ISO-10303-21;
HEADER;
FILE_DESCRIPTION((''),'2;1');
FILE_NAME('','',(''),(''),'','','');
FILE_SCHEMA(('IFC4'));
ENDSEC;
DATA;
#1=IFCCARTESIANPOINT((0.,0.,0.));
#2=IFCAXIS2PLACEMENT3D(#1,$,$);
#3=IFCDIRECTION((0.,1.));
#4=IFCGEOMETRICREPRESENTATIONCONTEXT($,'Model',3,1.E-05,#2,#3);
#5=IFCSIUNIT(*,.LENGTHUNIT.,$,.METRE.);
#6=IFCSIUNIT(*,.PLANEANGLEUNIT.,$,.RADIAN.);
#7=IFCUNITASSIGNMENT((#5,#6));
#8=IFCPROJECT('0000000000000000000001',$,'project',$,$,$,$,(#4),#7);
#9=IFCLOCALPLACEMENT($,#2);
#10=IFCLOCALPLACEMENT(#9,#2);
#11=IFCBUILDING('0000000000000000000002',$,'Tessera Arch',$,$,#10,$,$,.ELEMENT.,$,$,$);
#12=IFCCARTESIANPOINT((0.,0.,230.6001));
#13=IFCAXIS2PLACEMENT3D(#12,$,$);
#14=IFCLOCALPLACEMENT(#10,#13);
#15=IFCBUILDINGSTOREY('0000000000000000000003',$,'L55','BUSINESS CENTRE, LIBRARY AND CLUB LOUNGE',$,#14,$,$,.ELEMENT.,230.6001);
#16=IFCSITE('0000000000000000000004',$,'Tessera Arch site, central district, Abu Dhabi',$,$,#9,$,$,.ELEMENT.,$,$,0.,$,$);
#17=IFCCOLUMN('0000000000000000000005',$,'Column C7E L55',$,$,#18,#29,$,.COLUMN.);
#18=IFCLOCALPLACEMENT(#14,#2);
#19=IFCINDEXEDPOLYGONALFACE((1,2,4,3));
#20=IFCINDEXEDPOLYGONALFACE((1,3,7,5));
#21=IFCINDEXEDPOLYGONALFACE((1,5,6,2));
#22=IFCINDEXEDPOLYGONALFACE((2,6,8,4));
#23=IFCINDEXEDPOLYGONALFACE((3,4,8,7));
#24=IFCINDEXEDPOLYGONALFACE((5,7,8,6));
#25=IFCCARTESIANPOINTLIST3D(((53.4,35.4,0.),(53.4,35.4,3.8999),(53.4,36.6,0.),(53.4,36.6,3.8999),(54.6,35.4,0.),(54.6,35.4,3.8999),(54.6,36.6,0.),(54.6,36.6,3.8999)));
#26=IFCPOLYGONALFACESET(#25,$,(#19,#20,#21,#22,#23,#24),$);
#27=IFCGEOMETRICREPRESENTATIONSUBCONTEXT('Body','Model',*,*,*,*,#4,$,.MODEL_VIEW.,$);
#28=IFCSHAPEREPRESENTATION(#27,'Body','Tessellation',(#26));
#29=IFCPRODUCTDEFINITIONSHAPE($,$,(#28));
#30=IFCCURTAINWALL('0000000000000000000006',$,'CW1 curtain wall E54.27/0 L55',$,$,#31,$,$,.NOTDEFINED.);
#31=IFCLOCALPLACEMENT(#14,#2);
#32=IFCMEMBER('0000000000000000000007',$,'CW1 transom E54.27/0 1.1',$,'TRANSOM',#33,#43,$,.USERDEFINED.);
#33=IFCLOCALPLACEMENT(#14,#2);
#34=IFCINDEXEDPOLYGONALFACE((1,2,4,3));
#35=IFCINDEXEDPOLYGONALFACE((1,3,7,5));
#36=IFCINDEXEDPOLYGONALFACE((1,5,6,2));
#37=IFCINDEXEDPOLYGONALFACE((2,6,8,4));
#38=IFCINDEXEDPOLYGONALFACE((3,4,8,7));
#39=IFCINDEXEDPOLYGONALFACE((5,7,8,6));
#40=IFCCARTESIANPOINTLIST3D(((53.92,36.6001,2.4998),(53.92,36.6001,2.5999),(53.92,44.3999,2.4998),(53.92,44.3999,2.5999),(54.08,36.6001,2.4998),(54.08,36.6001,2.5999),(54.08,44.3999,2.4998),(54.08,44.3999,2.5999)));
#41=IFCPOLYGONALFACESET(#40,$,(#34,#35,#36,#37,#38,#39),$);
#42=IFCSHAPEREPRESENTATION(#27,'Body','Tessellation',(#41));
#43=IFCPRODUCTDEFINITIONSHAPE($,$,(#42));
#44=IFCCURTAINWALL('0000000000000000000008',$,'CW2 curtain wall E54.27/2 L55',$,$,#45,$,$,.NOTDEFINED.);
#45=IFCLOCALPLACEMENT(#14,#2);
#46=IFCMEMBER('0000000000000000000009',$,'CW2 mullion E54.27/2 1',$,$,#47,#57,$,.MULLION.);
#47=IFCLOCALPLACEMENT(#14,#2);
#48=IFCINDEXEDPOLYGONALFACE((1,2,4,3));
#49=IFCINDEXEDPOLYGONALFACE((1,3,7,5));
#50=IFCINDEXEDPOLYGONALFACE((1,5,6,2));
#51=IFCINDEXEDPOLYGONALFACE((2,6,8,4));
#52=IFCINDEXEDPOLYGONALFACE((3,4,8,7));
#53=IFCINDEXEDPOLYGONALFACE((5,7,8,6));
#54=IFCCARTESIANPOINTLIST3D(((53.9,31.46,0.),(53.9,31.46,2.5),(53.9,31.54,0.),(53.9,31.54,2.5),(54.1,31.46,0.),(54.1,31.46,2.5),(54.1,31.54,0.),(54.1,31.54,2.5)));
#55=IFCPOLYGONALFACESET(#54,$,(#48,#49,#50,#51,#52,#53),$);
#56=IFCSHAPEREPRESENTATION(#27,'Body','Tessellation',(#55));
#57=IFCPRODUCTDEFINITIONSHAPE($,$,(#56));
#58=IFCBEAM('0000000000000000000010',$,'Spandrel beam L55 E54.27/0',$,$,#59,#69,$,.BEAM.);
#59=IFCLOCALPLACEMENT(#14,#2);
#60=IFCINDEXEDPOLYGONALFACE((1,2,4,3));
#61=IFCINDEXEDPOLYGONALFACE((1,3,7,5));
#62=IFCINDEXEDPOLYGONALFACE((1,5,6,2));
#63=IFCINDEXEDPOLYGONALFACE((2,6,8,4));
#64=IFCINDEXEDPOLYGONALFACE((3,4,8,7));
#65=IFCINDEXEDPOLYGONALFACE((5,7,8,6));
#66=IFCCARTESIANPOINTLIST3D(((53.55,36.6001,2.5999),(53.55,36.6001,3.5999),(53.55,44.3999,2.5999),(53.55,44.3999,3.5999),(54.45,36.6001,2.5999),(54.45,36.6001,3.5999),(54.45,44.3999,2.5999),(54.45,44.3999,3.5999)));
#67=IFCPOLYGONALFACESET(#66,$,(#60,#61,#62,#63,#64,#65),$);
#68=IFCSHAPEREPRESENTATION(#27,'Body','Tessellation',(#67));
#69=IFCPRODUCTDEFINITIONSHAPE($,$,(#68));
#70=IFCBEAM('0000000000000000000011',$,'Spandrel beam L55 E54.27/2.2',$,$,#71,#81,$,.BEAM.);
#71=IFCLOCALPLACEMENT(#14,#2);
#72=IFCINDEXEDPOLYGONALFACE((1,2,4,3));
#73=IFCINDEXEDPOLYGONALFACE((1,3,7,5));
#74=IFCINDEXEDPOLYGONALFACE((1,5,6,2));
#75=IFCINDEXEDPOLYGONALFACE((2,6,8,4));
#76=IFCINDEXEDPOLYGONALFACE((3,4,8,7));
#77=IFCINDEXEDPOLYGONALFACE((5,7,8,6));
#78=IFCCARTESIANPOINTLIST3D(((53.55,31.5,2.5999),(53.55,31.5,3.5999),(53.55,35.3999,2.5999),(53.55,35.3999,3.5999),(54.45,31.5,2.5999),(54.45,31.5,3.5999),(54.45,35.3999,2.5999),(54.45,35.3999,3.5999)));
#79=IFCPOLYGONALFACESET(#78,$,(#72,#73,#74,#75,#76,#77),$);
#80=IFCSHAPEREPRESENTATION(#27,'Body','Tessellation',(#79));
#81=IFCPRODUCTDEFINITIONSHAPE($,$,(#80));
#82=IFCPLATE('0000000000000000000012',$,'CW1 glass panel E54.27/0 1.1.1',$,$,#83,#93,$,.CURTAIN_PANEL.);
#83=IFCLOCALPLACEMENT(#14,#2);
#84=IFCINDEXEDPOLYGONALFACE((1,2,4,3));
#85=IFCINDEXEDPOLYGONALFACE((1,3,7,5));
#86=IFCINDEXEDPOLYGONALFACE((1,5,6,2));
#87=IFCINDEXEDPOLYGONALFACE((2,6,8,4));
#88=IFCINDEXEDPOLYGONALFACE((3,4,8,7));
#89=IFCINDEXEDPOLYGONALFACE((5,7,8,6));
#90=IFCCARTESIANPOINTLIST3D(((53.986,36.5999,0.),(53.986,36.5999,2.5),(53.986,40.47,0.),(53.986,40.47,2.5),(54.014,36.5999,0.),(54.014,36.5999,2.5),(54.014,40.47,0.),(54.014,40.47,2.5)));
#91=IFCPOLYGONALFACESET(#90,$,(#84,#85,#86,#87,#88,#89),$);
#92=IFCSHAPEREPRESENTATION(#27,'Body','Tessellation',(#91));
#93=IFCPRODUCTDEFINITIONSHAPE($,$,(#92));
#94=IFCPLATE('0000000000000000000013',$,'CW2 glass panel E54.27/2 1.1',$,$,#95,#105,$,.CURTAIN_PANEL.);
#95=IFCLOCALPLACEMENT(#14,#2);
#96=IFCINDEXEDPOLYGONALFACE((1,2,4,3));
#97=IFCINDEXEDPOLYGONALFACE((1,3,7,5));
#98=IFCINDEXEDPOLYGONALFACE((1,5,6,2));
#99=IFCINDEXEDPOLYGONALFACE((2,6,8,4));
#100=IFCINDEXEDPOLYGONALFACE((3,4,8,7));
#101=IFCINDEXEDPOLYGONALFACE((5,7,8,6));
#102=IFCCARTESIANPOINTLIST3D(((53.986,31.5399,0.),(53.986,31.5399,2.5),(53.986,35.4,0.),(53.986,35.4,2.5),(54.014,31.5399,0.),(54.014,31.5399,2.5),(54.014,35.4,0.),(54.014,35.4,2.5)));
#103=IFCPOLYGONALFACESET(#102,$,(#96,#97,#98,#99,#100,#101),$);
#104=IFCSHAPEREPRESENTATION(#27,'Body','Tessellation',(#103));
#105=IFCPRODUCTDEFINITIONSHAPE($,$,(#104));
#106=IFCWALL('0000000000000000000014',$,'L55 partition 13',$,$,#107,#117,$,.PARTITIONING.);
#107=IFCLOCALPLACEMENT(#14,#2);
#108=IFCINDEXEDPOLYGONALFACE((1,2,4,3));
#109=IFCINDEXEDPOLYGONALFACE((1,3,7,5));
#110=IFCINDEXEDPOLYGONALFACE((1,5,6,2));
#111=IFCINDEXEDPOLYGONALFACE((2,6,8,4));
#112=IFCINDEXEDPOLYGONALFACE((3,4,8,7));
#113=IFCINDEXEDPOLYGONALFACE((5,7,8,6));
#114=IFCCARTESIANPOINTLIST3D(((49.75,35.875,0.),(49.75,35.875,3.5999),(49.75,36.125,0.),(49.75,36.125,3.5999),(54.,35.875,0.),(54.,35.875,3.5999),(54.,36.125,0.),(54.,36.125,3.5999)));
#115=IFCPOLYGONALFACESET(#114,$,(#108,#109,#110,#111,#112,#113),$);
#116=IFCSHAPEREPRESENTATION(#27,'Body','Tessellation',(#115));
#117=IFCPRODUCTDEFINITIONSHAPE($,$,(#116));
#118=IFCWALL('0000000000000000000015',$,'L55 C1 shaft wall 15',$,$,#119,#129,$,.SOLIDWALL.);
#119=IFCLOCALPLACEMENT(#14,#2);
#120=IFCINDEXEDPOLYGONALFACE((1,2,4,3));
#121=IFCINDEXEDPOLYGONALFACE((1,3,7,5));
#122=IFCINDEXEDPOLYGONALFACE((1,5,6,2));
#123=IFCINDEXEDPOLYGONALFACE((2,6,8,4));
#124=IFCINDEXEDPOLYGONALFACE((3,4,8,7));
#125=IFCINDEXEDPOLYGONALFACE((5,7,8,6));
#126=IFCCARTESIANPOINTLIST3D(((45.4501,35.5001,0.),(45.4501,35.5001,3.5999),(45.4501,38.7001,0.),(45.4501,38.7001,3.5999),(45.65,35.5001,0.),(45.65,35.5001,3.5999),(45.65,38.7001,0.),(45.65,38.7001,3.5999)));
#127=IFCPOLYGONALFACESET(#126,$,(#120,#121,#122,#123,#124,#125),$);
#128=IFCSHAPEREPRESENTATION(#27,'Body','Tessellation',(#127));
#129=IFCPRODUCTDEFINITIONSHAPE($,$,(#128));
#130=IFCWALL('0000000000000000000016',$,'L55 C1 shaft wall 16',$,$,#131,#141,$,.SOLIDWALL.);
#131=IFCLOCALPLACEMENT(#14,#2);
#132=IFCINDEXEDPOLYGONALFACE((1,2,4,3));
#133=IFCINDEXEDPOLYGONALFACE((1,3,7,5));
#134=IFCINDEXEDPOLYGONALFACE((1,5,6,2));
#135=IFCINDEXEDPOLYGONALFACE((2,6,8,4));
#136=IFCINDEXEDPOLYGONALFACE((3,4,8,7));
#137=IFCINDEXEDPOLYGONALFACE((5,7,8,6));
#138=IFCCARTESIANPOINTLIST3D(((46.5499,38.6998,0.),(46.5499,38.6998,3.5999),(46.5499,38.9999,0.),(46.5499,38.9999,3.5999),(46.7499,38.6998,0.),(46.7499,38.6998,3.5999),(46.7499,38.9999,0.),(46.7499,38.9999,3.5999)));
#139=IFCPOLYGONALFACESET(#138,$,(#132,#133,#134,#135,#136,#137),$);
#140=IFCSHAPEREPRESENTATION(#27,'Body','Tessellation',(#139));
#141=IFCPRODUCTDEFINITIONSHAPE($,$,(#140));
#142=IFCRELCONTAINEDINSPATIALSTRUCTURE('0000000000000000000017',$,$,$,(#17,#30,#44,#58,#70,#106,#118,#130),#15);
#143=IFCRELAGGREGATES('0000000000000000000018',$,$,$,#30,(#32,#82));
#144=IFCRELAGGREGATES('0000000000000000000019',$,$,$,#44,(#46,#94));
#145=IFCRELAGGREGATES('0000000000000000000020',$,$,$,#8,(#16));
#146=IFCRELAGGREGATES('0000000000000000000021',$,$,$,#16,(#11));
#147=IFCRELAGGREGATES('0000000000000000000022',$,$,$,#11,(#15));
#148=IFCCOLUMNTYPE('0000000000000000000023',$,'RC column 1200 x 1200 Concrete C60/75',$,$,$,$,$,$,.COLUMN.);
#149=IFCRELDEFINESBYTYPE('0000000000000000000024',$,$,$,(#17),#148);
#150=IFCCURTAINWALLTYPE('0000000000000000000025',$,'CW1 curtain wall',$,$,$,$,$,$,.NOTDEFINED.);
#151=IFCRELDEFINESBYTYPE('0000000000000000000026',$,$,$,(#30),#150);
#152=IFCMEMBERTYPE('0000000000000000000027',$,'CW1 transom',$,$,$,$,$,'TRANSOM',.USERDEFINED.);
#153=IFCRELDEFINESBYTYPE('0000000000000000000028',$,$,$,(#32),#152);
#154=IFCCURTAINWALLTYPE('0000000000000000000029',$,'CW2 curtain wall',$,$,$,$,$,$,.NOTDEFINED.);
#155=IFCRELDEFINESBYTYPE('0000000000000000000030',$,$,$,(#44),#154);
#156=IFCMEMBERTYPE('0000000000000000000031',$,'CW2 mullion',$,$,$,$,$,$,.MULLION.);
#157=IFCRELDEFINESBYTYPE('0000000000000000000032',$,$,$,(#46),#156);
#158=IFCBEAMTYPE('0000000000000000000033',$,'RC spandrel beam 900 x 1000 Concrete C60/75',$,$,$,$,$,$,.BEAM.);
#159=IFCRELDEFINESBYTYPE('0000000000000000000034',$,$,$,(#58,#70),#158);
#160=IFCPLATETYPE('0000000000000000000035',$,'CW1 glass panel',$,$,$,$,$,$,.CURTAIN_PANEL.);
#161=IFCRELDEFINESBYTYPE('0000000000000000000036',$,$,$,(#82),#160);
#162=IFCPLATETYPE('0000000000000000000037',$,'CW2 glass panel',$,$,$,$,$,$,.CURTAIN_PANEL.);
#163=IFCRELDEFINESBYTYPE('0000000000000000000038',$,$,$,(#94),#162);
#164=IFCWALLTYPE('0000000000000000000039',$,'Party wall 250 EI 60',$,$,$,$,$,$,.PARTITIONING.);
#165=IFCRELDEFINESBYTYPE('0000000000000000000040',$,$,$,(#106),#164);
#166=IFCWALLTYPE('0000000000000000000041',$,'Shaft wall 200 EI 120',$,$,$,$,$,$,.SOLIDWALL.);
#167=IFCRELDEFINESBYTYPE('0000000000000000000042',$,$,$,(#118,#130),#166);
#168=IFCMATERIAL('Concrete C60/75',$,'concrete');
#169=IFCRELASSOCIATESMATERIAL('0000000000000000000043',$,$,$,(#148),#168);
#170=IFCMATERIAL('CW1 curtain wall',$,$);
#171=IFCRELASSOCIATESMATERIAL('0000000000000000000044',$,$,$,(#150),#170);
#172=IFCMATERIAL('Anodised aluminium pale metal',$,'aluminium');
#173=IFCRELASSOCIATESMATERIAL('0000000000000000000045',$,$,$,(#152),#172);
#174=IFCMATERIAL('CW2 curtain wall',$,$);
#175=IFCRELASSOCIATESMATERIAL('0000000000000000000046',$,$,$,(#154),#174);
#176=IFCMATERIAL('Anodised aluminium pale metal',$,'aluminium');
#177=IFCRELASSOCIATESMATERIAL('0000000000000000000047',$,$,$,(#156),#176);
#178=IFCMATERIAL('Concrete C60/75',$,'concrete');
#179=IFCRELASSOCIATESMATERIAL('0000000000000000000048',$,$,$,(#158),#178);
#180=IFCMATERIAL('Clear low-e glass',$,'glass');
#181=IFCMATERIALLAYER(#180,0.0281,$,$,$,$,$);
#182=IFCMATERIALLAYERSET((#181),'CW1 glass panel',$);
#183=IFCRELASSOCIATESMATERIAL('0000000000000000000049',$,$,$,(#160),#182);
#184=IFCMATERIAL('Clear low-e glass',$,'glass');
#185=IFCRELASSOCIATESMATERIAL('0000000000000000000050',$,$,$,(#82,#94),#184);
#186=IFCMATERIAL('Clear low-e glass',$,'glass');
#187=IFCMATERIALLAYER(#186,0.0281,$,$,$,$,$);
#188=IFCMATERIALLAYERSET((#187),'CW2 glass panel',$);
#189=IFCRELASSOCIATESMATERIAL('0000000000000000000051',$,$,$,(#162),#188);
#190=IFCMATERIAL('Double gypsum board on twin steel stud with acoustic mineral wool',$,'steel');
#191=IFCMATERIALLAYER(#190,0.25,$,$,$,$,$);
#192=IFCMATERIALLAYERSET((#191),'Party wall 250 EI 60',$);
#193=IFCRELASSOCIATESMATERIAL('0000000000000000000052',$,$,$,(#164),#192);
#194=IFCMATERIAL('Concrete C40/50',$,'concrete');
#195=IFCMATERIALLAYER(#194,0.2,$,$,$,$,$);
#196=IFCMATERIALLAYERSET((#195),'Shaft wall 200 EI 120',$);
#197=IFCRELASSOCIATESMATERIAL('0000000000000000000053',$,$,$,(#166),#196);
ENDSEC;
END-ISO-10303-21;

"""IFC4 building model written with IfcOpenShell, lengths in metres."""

from ifc_helpers import new_model, si_unit, direction, frame, frame_2d, origin, origin_2d, place, context, subcontext, project, spatial, rectangle, extrude, material, layer, layer_set, material_profile, profile_set, type_object, element, aggregate, save


model = new_model("IFC4")

# Units and contexts
model_context = context("Model", 3, precision=1e-05, world=origin(), true_north=direction((0.0, 1.0)))
body_context = subcontext(model_context, "Body", "Model", "MODEL_VIEW")
ifc_project = project(units=[si_unit("LENGTHUNIT", "METRE"), si_unit("PLANEANGLEUNIT", "RADIAN")], contexts=[model_context])

# Site, building, storey
site_placement = place(None, origin())
site = spatial("IfcSite", under=ifc_project, at=site_placement, Name="Tessera Arch site, central district, Abu Dhabi", CompositionType="ELEMENT", RefElevation=0.0)
building_placement = place(site_placement, origin())
building = spatial("IfcBuilding", under=site, at=building_placement, Name="Tessera Arch", CompositionType="ELEMENT")
storey_placement = place(building_placement, frame((0.0, 0.0, 230.6001)))
storey = spatial("IfcBuildingStorey", under=building, at=storey_placement, Name="L55", Description="BUSINESS CENTRE, LIBRARY AND CLUB LOUNGE", CompositionType="ELEMENT", Elevation=230.6001)

# Column
ifc_material_1 = material(Name="Concrete C60/75", Category="concrete")
ifc_material_profile_1 = material_profile(ifc_material_1, rectangle(XDim=1.2, YDim=1.2, at=origin_2d()), Name="RC column 1200 x 1200 Concrete C60/75")
ifc_profile_set_1 = profile_set([ifc_material_profile_1], Name="Concrete C60/75")
column_type = type_object("IfcColumnType", Name="RC column 1200 x 1200 Concrete C60/75", PredefinedType="COLUMN", material=ifc_profile_set_1)
column_placement = place(storey_placement, frame((54.0, 36.0, 0.0), z_axis=(0.0, 0.0, 1.0), x_axis=(1.0, 0.0, 0.0)))
element("IfcColumn", 1, at=column_placement, inside=storey, type_object=column_type, Name="Column C7E L55", PredefinedType="COLUMN", context=body_context, shape_type="SweptSolid", body=[
    extrude(rectangle(XDim=1.2, YDim=1.2, at=origin_2d()), origin(), (0.0, 0.0, 1.0), 3.8999),
])

# Curtain walls, members
ifc_material_2 = material(Name="CW1 curtain wall")
curtain_wall_type_1 = type_object("IfcCurtainWallType", Name="CW1 curtain wall", PredefinedType="NOTDEFINED", material=ifc_material_2)
curtain_wall_1_placement = place(storey_placement, origin())
curtain_wall_1 = element("IfcCurtainWall", 2, at=curtain_wall_1_placement, inside=storey, type_object=curtain_wall_type_1, Name="CW1 curtain wall E54.27/0 L55", PredefinedType="NOTDEFINED")
ifc_material_3 = material(Name="Anodised aluminium pale metal", Category="aluminium")
ifc_material_profile_2 = material_profile(ifc_material_3, rectangle(XDim=0.1599, YDim=0.1001, at=origin_2d()), Name="AL 160x100")
ifc_profile_set_2 = profile_set([ifc_material_profile_2], Name="Anodised aluminium pale metal")
member_type_1 = type_object("IfcMemberType", Name="CW1 transom", ElementType="TRANSOM", PredefinedType="USERDEFINED", material=ifc_profile_set_2)
member_1_placement = place(storey_placement, frame((54.0, 36.6001, 2.5498), z_axis=(0.0, 1.0, 0.0), x_axis=(-1.0, 0.0, 0.0)))
member_1 = element("IfcMember", 3, at=member_1_placement, type_object=member_type_1, Name="CW1 transom E54.27/0 1.1", ObjectType="TRANSOM", PredefinedType="USERDEFINED", context=body_context, shape_type="SweptSolid", body=[
    extrude(rectangle(XDim=0.1599, YDim=0.1001, at=origin_2d()), origin(), (0.0, 0.0, 1.0), 7.7998),
])
ifc_material_4 = material(Name="CW2 curtain wall")
curtain_wall_type_2 = type_object("IfcCurtainWallType", Name="CW2 curtain wall", PredefinedType="NOTDEFINED", material=ifc_material_4)
curtain_wall_2_placement = place(storey_placement, origin())
curtain_wall_2 = element("IfcCurtainWall", 4, at=curtain_wall_2_placement, inside=storey, type_object=curtain_wall_type_2, Name="CW2 curtain wall E54.27/2 L55", PredefinedType="NOTDEFINED")
ifc_material_5 = material(Name="Anodised aluminium pale metal", Category="aluminium")
ifc_material_profile_3 = material_profile(ifc_material_5, rectangle(XDim=0.2, YDim=0.0801, at=origin_2d()), Name="AL 80x200")
ifc_profile_set_3 = profile_set([ifc_material_profile_3], Name="Anodised aluminium pale metal")
member_type_2 = type_object("IfcMemberType", Name="CW2 mullion", PredefinedType="MULLION", material=ifc_profile_set_3)
member_2_placement = place(storey_placement, frame((54.0, 31.5, 0.0), z_axis=(0.0, 0.0, 1.0), x_axis=(-1.0, 0.0, 0.0)))
member_2 = element("IfcMember", 5, at=member_2_placement, type_object=member_type_2, Name="CW2 mullion E54.27/2 1", PredefinedType="MULLION", context=body_context, shape_type="SweptSolid", body=[
    extrude(rectangle(XDim=0.2, YDim=0.0801, at=origin_2d()), origin(), (0.0, 0.0, 1.0), 2.5),
])

# Beams
ifc_material_6 = material(Name="Concrete C60/75", Category="concrete")
ifc_material_profile_4 = material_profile(ifc_material_6, rectangle(XDim=0.8999, YDim=1.0, at=origin_2d()), Name="RC spandrel beam 900 x 1000 Concrete C60/75")
ifc_profile_set_4 = profile_set([ifc_material_profile_4], Name="Concrete C60/75")
beam_type = type_object("IfcBeamType", Name="RC spandrel beam 900 x 1000 Concrete C60/75", PredefinedType="BEAM", material=ifc_profile_set_4)
beam_1_placement = place(storey_placement, frame((54.0, 36.6001, 3.0999), z_axis=(0.0, 1.0, 0.0), x_axis=(-1.0, 0.0, 0.0)))
element("IfcBeam", 6, at=beam_1_placement, inside=storey, type_object=beam_type, Name="Spandrel beam L55 E54.27/0", PredefinedType="BEAM", context=body_context, shape_type="SweptSolid", body=[
    extrude(rectangle(XDim=0.8999, YDim=1.0, at=origin_2d()), origin(), (0.0, 0.0, 1.0), 7.7998),
])
beam_2_placement = place(storey_placement, frame((54.0, 31.5, 3.0999), z_axis=(0.0, 1.0, 0.0), x_axis=(-1.0, 0.0, 0.0)))
element("IfcBeam", 7, at=beam_2_placement, inside=storey, type_object=beam_type, Name="Spandrel beam L55 E54.27/2.2", PredefinedType="BEAM", context=body_context, shape_type="SweptSolid", body=[
    extrude(rectangle(XDim=0.8999, YDim=1.0, at=origin_2d()), origin(), (0.0, 0.0, 1.0), 3.8999),
])

# Plates
ifc_material_7 = material(Name="Clear low-e glass", Category="glass")
ifc_material_8 = material(Name="Clear low-e glass", Category="glass")
ifc_layer_1 = layer(ifc_material_8, 0.0281)
ifc_layer_set_1 = layer_set([ifc_layer_1], Name="CW1 glass panel")
plate_type_1 = type_object("IfcPlateType", Name="CW1 glass panel", PredefinedType="CURTAIN_PANEL", material=ifc_layer_set_1)
plate_1_placement = place(storey_placement, frame((54.0, 38.5349, 0.0), z_axis=(0.0, 0.0, 1.0), x_axis=(0.0, 1.0, 0.0)))
plate_1 = element("IfcPlate", 8, at=plate_1_placement, type_object=plate_type_1, material=ifc_material_7, Name="CW1 glass panel E54.27/0 1.1.1", PredefinedType="CURTAIN_PANEL", context=body_context, shape_type="SweptSolid", body=[
    extrude(rectangle(XDim=3.8701, YDim=0.0281, at=origin_2d()), origin(), (0.0, 0.0, 1.0), 2.5),
])
aggregate(curtain_wall_1, [member_1, plate_1])
ifc_material_9 = material(Name="Clear low-e glass", Category="glass")
ifc_layer_2 = layer(ifc_material_9, 0.0281)
ifc_layer_set_2 = layer_set([ifc_layer_2], Name="CW2 glass panel")
plate_type_2 = type_object("IfcPlateType", Name="CW2 glass panel", PredefinedType="CURTAIN_PANEL", material=ifc_layer_set_2)
plate_2_placement = place(storey_placement, frame((54.0, 33.47, 0.0), z_axis=(0.0, 0.0, 1.0), x_axis=(0.0, 1.0, 0.0)))
plate_2 = element("IfcPlate", 9, at=plate_2_placement, type_object=plate_type_2, material=ifc_material_7, Name="CW2 glass panel E54.27/2 1.1", PredefinedType="CURTAIN_PANEL", context=body_context, shape_type="SweptSolid", body=[
    extrude(rectangle(XDim=3.8601, YDim=0.0281, at=origin_2d()), origin(), (0.0, 0.0, 1.0), 2.5),
])
aggregate(curtain_wall_2, [member_2, plate_2])

# Walls
ifc_material_10 = material(Name="Double gypsum board on twin steel stud with acoustic mineral wool", Category="steel")
ifc_layer_3 = layer(ifc_material_10, 0.25)
ifc_layer_set_3 = layer_set([ifc_layer_3], Name="Party wall 250 EI 60")
wall_type_1 = type_object("IfcWallType", Name="Party wall 250 EI 60", PredefinedType="PARTITIONING", material=ifc_layer_set_3)
wall_1_placement = place(storey_placement, frame((49.75, 36.0, 0.0), z_axis=(0.0, 0.0, 1.0), x_axis=(1.0, 0.0, 0.0)))
element("IfcWall", 10, at=wall_1_placement, inside=storey, type_object=wall_type_1, Name="L55 partition 13", PredefinedType="PARTITIONING", context=body_context, shape_type="SweptSolid", body=[
    extrude(rectangle(XDim=4.25, YDim=0.25, at=frame_2d((2.125, 0.0))), origin(), (0.0, 0.0, 1.0), 3.5999),
])
ifc_material_11 = material(Name="Concrete C40/50", Category="concrete")
ifc_layer_4 = layer(ifc_material_11, 0.2)
ifc_layer_set_4 = layer_set([ifc_layer_4], Name="Shaft wall 200 EI 120")
wall_type_2 = type_object("IfcWallType", Name="Shaft wall 200 EI 120", PredefinedType="SOLIDWALL", material=ifc_layer_set_4)
wall_2_placement = place(storey_placement, frame((45.55, 35.5, 0.0), z_axis=(0.0, 0.0, 1.0), x_axis=(0.0, 1.0, 0.0)))
element("IfcWall", 11, at=wall_2_placement, inside=storey, type_object=wall_type_2, Name="L55 C1 shaft wall 15", PredefinedType="SOLIDWALL", context=body_context, shape_type="SweptSolid", body=[
    extrude(rectangle(XDim=3.2, YDim=0.2, at=frame_2d((1.6001, 0.0))), origin(), (0.0, 0.0, 1.0), 3.5999),
])
wall_3_placement = place(storey_placement, frame((46.6499, 38.7, 0.0), z_axis=(0.0, 0.0, 1.0), x_axis=(0.0, 1.0, 0.0)))
element("IfcWall", 12, at=wall_3_placement, inside=storey, type_object=wall_type_2, Name="L55 C1 shaft wall 16", PredefinedType="SOLIDWALL", context=body_context, shape_type="SweptSolid", body=[
    extrude(rectangle(XDim=0.3, YDim=0.2, at=frame_2d((0.1499, 0.0))), origin(), (0.0, 0.0, 1.0), 3.5999),
])

save(model, "model.ifc")
